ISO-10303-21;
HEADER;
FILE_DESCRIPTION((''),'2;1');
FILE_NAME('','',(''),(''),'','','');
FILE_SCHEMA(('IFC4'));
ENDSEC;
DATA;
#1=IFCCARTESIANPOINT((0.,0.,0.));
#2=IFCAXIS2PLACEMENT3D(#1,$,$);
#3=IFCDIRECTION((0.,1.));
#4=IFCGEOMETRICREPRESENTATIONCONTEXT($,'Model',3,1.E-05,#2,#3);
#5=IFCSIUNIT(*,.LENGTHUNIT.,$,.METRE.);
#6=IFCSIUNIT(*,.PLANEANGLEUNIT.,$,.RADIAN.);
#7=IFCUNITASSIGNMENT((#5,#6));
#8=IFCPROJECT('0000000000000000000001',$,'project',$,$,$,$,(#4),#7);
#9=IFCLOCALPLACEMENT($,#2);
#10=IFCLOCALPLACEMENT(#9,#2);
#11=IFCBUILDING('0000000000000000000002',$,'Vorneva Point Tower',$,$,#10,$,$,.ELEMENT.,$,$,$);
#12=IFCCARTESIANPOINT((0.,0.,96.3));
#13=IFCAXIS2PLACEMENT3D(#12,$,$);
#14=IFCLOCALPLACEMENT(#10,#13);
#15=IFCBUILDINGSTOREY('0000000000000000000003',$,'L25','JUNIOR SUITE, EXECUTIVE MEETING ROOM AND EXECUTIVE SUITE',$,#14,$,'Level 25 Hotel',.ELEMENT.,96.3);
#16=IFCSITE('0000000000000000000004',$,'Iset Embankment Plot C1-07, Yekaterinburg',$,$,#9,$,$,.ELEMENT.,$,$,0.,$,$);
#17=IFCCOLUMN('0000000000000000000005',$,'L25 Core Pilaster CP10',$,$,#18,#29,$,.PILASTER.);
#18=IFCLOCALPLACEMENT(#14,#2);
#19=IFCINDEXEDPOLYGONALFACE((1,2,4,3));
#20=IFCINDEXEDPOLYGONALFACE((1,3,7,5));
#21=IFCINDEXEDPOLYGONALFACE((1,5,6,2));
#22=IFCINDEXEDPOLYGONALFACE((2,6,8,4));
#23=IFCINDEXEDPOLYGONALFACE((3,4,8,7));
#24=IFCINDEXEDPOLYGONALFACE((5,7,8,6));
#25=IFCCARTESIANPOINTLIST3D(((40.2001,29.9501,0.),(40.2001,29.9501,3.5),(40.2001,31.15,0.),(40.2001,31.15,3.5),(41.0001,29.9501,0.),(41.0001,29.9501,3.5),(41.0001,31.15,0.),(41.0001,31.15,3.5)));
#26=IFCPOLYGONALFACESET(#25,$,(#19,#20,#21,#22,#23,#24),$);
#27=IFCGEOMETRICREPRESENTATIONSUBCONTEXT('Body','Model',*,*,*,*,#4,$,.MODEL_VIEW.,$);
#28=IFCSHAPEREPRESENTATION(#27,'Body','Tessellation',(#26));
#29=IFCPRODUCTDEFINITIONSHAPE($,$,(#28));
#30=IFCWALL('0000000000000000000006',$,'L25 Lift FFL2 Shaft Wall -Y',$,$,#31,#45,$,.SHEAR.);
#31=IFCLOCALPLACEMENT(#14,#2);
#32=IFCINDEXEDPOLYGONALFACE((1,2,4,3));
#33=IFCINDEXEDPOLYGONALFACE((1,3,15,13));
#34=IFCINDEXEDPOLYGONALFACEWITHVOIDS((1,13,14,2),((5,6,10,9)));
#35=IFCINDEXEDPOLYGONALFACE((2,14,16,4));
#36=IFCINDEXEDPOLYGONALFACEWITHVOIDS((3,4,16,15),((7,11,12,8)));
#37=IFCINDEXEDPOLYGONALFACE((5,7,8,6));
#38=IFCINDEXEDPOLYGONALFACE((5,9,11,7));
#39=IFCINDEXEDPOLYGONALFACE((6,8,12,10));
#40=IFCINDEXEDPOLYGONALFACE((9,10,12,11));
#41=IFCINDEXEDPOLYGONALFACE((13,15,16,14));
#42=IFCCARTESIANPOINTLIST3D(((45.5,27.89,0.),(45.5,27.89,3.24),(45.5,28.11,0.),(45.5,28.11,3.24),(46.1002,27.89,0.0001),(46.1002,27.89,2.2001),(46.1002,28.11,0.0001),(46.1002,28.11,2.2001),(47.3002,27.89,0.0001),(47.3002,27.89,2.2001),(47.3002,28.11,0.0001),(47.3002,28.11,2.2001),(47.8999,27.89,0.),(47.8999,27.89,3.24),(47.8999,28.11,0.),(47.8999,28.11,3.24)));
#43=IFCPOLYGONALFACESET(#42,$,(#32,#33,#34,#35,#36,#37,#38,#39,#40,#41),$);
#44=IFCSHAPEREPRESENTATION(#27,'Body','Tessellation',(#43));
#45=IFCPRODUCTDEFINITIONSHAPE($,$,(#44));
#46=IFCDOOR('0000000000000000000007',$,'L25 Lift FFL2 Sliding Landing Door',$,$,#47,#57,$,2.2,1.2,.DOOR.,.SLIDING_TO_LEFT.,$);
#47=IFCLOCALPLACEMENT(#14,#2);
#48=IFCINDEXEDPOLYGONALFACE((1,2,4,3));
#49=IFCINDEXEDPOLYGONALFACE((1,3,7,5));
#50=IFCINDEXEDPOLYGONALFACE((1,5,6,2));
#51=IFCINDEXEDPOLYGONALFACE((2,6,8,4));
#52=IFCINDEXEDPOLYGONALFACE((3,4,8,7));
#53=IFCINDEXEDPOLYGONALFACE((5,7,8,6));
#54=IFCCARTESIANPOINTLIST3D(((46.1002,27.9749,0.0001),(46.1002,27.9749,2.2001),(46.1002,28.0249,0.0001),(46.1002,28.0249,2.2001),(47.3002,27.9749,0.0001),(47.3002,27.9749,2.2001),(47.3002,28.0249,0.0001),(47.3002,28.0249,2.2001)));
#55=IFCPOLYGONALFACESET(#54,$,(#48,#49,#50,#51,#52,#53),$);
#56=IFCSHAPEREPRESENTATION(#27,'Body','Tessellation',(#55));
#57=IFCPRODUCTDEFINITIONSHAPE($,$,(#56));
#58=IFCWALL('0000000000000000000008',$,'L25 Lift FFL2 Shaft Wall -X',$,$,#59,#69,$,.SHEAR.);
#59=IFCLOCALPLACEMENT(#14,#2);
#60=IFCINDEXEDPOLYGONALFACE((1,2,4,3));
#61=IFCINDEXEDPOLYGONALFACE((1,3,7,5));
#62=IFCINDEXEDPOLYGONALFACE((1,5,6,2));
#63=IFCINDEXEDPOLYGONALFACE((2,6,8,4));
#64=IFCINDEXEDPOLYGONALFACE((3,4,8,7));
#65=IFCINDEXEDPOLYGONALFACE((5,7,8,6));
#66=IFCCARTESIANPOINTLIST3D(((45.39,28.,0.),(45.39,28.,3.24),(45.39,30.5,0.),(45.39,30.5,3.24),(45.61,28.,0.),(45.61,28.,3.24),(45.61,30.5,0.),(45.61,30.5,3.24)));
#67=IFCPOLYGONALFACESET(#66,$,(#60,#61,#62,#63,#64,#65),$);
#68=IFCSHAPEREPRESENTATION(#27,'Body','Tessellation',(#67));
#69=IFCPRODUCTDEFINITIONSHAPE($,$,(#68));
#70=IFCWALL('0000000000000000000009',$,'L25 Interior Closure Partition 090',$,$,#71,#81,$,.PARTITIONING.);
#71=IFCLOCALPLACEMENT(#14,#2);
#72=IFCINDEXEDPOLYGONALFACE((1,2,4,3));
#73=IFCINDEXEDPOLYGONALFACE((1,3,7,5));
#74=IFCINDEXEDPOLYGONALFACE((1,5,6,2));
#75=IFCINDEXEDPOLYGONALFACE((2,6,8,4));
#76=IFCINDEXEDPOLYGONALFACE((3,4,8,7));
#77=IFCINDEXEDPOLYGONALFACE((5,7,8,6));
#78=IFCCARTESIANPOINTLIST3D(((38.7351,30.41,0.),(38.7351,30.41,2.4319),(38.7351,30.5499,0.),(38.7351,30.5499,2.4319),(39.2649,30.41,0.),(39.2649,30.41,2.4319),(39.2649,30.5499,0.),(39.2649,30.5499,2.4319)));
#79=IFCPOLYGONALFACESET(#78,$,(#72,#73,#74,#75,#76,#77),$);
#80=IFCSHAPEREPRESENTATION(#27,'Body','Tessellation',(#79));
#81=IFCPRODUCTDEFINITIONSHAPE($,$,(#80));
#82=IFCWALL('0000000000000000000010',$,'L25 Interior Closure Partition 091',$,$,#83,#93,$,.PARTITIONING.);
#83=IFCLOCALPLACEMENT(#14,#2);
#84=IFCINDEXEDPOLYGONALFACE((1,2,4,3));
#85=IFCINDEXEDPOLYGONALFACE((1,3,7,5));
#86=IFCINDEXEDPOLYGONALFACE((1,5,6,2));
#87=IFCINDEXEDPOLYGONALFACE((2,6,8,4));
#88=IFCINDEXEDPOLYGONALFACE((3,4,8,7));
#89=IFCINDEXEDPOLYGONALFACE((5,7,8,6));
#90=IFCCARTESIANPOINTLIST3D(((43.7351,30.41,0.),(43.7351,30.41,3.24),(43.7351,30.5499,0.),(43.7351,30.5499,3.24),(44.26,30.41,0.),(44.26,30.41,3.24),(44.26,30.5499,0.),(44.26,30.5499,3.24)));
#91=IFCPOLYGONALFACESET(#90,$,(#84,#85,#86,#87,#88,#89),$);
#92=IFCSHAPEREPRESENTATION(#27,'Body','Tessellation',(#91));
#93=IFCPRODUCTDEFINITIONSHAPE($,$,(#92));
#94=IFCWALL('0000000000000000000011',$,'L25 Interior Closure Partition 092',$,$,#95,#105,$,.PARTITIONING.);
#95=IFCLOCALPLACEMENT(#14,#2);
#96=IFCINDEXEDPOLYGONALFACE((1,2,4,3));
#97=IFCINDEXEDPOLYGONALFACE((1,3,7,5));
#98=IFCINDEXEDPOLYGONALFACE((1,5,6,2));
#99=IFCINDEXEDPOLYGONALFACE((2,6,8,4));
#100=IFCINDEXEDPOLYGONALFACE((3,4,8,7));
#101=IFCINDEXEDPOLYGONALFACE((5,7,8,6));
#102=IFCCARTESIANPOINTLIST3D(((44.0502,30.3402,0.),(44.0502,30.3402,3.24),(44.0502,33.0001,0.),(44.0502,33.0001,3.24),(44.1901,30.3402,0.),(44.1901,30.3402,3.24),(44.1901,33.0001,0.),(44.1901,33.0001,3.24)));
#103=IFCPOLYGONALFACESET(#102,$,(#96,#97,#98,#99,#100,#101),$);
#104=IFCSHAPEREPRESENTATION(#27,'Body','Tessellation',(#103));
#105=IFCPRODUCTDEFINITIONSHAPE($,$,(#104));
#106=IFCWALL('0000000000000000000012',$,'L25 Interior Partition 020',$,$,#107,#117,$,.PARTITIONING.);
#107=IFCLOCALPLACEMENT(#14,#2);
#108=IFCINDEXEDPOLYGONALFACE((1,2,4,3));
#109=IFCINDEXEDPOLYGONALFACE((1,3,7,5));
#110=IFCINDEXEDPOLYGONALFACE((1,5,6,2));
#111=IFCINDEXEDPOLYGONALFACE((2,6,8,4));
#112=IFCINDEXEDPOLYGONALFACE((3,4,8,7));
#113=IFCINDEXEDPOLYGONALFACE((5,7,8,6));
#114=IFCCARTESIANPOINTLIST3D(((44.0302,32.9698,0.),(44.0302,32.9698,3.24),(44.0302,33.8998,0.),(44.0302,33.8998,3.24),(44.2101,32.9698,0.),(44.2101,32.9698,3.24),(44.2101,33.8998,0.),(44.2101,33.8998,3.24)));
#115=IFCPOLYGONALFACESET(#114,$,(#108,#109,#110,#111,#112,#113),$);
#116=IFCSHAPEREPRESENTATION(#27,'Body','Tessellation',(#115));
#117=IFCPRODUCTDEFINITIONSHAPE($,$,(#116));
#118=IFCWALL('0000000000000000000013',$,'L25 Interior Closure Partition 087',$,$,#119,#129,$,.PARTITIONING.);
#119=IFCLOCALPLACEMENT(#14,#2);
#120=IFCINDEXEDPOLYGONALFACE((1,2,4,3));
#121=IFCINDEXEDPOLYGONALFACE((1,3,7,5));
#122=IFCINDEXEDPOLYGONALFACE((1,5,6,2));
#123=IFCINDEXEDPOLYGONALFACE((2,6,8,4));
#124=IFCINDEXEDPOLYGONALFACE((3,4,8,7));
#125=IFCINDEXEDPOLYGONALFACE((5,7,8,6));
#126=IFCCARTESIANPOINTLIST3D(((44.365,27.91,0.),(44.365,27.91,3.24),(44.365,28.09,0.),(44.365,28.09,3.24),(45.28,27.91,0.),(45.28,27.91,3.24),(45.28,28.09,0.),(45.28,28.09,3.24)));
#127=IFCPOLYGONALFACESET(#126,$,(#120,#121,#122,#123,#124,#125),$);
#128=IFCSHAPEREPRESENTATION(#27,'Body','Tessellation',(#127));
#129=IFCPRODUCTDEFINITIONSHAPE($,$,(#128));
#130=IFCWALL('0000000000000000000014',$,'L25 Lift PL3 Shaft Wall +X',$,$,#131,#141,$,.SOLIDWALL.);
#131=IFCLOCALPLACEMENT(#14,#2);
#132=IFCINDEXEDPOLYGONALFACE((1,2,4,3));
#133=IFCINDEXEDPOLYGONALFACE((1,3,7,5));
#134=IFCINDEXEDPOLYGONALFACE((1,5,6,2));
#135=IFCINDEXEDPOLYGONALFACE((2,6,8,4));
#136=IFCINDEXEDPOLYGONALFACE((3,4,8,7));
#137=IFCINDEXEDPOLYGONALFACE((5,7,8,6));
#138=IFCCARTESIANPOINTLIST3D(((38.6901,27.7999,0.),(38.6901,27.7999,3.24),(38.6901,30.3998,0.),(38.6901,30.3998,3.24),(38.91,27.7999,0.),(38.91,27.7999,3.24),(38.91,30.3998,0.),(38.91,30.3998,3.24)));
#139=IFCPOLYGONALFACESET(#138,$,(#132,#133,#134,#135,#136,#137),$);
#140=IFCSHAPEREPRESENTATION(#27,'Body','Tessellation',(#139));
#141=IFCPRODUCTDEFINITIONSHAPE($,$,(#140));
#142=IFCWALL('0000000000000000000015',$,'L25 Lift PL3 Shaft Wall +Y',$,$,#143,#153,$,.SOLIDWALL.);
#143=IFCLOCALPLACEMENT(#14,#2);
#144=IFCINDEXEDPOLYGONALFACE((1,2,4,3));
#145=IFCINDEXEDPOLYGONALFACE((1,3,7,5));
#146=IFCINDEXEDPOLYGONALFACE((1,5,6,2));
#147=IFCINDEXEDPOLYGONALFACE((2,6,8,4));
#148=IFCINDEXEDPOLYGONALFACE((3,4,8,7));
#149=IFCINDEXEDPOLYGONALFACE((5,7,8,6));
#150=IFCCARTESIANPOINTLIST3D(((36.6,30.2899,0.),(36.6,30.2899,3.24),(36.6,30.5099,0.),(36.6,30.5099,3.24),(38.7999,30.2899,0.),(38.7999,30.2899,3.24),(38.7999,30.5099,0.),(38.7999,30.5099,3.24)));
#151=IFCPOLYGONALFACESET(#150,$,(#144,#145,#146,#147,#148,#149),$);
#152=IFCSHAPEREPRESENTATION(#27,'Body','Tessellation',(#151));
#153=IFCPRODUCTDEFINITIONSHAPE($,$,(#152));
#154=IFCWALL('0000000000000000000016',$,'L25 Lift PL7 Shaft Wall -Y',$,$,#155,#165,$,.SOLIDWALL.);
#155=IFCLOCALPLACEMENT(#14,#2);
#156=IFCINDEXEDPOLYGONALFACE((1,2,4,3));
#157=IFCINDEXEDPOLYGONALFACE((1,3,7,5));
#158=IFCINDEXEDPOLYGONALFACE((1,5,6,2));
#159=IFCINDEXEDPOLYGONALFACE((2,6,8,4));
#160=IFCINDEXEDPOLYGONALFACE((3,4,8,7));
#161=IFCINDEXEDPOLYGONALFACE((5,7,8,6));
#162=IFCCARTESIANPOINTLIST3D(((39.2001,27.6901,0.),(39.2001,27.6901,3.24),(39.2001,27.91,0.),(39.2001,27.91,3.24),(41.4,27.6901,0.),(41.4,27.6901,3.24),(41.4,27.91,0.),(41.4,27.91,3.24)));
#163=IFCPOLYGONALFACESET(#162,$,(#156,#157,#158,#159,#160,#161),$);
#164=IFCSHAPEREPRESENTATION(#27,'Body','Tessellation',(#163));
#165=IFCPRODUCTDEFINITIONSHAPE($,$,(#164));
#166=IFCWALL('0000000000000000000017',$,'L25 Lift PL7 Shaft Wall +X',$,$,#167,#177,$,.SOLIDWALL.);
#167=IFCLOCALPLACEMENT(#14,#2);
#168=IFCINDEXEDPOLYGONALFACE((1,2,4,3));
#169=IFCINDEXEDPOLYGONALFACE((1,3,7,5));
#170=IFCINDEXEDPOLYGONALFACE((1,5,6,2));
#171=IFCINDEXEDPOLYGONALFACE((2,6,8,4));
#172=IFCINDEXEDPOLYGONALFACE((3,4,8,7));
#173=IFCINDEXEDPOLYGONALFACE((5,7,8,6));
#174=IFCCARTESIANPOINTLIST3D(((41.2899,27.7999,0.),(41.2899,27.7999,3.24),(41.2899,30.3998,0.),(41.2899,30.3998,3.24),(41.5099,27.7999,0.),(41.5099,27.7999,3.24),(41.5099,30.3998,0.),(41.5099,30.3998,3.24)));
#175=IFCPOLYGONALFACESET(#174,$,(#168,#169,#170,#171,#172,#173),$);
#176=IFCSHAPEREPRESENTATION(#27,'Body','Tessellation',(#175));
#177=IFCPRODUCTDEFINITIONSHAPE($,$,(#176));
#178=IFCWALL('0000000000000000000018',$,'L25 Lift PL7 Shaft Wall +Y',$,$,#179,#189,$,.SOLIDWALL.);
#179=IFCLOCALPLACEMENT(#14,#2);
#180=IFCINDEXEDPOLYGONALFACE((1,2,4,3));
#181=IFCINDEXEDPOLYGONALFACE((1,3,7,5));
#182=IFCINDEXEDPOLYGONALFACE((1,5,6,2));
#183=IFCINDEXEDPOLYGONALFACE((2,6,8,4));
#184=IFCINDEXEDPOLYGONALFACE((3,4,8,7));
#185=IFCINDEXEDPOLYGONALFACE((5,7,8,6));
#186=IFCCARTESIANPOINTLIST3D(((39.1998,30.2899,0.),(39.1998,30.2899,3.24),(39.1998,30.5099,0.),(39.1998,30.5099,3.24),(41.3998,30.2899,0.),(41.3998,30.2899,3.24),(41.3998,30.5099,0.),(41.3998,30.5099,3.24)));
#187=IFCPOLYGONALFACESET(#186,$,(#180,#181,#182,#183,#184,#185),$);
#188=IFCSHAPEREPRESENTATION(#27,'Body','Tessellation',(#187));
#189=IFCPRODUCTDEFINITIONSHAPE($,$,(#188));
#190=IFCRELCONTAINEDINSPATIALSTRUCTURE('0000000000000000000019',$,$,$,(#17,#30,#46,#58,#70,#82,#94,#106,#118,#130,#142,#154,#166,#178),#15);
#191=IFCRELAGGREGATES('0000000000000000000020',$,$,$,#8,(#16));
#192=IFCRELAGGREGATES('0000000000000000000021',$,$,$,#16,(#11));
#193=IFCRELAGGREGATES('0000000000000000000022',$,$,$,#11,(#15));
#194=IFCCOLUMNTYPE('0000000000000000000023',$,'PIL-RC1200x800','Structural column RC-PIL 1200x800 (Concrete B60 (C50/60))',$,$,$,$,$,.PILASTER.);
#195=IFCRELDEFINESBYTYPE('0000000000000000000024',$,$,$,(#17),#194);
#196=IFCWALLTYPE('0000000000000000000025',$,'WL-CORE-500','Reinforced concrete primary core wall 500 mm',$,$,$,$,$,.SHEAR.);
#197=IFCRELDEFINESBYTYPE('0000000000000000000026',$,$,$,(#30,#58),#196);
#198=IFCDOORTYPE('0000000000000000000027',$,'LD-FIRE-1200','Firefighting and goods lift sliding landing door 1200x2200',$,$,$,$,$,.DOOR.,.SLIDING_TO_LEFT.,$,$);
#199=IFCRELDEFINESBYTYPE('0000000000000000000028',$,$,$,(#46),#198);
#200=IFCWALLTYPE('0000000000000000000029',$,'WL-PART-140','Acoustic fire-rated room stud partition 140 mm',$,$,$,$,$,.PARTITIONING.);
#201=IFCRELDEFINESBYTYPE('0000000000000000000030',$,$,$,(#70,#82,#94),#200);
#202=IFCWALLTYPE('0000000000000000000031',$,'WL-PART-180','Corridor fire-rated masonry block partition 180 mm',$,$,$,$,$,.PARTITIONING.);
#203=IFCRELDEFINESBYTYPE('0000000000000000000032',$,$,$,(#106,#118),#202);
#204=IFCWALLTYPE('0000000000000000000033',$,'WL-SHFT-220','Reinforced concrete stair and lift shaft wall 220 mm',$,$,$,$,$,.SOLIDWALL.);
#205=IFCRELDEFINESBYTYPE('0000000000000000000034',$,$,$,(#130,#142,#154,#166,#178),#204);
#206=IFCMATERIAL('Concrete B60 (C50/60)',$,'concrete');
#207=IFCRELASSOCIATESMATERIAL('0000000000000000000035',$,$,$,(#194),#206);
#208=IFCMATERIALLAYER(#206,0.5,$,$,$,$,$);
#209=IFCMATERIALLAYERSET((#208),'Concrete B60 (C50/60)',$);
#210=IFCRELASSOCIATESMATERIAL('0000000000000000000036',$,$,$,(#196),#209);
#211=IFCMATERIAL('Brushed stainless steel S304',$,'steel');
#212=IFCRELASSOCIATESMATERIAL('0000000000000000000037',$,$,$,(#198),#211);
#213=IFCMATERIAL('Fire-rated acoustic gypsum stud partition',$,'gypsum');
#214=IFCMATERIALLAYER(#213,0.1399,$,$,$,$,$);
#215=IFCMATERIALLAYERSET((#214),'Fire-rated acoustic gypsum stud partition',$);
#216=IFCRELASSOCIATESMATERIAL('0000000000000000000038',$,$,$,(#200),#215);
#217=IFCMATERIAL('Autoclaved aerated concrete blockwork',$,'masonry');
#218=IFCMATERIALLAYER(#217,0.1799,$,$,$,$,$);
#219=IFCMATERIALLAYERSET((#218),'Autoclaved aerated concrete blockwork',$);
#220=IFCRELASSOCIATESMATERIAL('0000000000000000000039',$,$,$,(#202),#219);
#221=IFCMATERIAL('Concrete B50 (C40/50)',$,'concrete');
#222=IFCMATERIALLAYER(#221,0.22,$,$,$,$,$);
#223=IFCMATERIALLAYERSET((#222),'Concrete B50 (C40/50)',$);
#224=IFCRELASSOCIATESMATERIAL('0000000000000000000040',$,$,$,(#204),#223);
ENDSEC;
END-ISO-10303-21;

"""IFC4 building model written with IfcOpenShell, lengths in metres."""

from ifc_helpers import new_model, si_unit, direction, frame, frame_2d, origin, origin_2d, place, context, subcontext, project, spatial, rectangle, extrude, material, layer, layer_set, material_profile, profile_set, type_object, element, fill, save


model = new_model("IFC4")

# Units and contexts
model_context = context("Model", 3, precision=1e-05, world=origin(), true_north=direction((0.0, 1.0)))
body_context = subcontext(model_context, "Body", "Model", "MODEL_VIEW")
ifc_project = project(units=[si_unit("LENGTHUNIT", "METRE"), si_unit("PLANEANGLEUNIT", "RADIAN")], contexts=[model_context])

# Site, building, storey
site_placement = place(None, origin())
site = spatial("IfcSite", under=ifc_project, at=site_placement, Name="Iset Embankment Plot C1-07, Yekaterinburg", CompositionType="ELEMENT", RefElevation=0.0)
building_placement = place(site_placement, origin())
building = spatial("IfcBuilding", under=site, at=building_placement, Name="Vorneva Point Tower", CompositionType="ELEMENT")
storey_placement = place(building_placement, frame((0.0, 0.0, 96.3)))
storey = spatial("IfcBuildingStorey", under=building, at=storey_placement, Name="L25", Description="JUNIOR SUITE, EXECUTIVE MEETING ROOM AND EXECUTIVE SUITE", LongName="Level 25 Hotel", CompositionType="ELEMENT", Elevation=96.3)

# Column
ifc_material_1 = material(Name="Concrete B60 (C50/60)", Category="concrete")
ifc_material_profile = material_profile(ifc_material_1, rectangle(XDim=0.8, YDim=1.2, at=origin_2d()), Name="RC-PIL 1200x800")
ifc_profile_set = profile_set([ifc_material_profile], Name="Concrete B60 (C50/60)")
column_type = type_object("IfcColumnType", Name="PIL-RC1200x800", Description="Structural column RC-PIL 1200x800 (Concrete B60 (C50/60))", PredefinedType="PILASTER", material=ifc_profile_set)
column_placement = place(storey_placement, frame((40.6001, 30.55, 0.0), z_axis=(0.0, 0.0, 1.0), x_axis=(1.0, 0.0, 0.0)))
element("IfcColumn", 1, at=column_placement, inside=storey, type_object=column_type, Name="L25 Core Pilaster CP10", PredefinedType="PILASTER", context=body_context, shape_type="SweptSolid", body=[
    extrude(rectangle(XDim=0.8, YDim=1.2, at=origin_2d()), origin(), (0.0, 0.0, 1.0), 3.5),
])

# Wall, opening, door
ifc_layer_1 = layer(ifc_material_1, 0.5)
ifc_layer_set_1 = layer_set([ifc_layer_1], Name="Concrete B60 (C50/60)")
wall_type_1 = type_object("IfcWallType", Name="WL-CORE-500", Description="Reinforced concrete primary core wall 500 mm", PredefinedType="SHEAR", material=ifc_layer_set_1)
wall_1_placement = place(storey_placement, frame((45.5, 28.0, 0.0), z_axis=(0.0, 0.0, 1.0), x_axis=(1.0, 0.0, 0.0)))
wall_1 = element("IfcWall", 2, at=wall_1_placement, inside=storey, type_object=wall_type_1, Name="L25 Lift FFL2 Shaft Wall -Y", PredefinedType="SHEAR", context=body_context, shape_type="SweptSolid", body=[
    extrude(rectangle(XDim=2.3999, YDim=0.22, at=frame_2d((1.2, 0.0))), origin(), (0.0, 0.0, 1.0), 3.24),
])
opening_1_placement = place(wall_1_placement, frame((0.6001, 0.0, 0.0)))
opening_1 = element("IfcOpeningElement", 3, at=opening_1_placement, cuts=wall_1, PredefinedType="OPENING", context=body_context, shape_type="SweptSolid", body=[
    extrude(rectangle(XDim=1.2, YDim=2.2, at=frame_2d((0.6001, 1.1001))), frame((0.0, 0.125, 0.0), z_axis=(0.0, -1.0, 0.0), x_axis=(1.0, 0.0, 0.0)), (0.0, 0.0, 1.0), 0.2498),
])
ifc_material_2 = material(Name="Brushed stainless steel S304", Category="steel")
door_type_1 = type_object("IfcDoorType", Name="LD-FIRE-1200", Description="Firefighting and goods lift sliding landing door 1200x2200", OperationType="SLIDING_TO_LEFT", PredefinedType="DOOR", material=ifc_material_2)
door_1_placement = place(opening_1_placement, origin())
door_1 = element("IfcDoor", 4, at=door_1_placement, inside=storey, type_object=door_type_1, Name="L25 Lift FFL2 Sliding Landing Door", OperationType="SLIDING_TO_LEFT", OverallHeight=2.2, OverallWidth=1.2, PredefinedType="DOOR", context=body_context, shape_type="SweptSolid", body=[
    extrude(rectangle(XDim=1.2, YDim=2.2, at=frame_2d((0.6001, 1.1001))), frame((0.0, 0.0249, 0.0), z_axis=(0.0, -1.0, 0.0), x_axis=(1.0, 0.0, 0.0)), (0.0, 0.0, 1.0), 0.05),
])
fill(opening_1, door_1)

# Walls
wall_2_placement = place(storey_placement, frame((45.5, 30.5, 0.0), z_axis=(0.0, 0.0, 1.0), x_axis=(0.0, -1.0, 0.0)))
element("IfcWall", 5, at=wall_2_placement, inside=storey, type_object=wall_type_1, Name="L25 Lift FFL2 Shaft Wall -X", PredefinedType="SHEAR", context=body_context, shape_type="SweptSolid", body=[
    extrude(rectangle(XDim=2.5, YDim=0.22, at=frame_2d((1.25, 0.0))), origin(), (0.0, 0.0, 1.0), 3.24),
])
ifc_material_3 = material(Name="Fire-rated acoustic gypsum stud partition", Category="gypsum")
ifc_layer_2 = layer(ifc_material_3, 0.1399)
ifc_layer_set_2 = layer_set([ifc_layer_2], Name="Fire-rated acoustic gypsum stud partition")
wall_type_2 = type_object("IfcWallType", Name="WL-PART-140", Description="Acoustic fire-rated room stud partition 140 mm", PredefinedType="PARTITIONING", material=ifc_layer_set_2)
wall_3_placement = place(storey_placement, frame((38.7351, 30.48, 0.0), z_axis=(0.0, 0.0, 1.0), x_axis=(1.0, 0.0, 0.0)))
element("IfcWall", 6, at=wall_3_placement, inside=storey, type_object=wall_type_2, Name="L25 Interior Closure Partition 090", PredefinedType="PARTITIONING", context=body_context, shape_type="SweptSolid", body=[
    extrude(rectangle(XDim=0.5298, YDim=0.1399, at=frame_2d((0.2649, 0.0))), origin(), (0.0, 0.0, 1.0), 2.4319),
])
wall_4_placement = place(storey_placement, frame((43.7351, 30.48, 0.0), z_axis=(0.0, 0.0, 1.0), x_axis=(1.0, 0.0, 0.0)))
element("IfcWall", 7, at=wall_4_placement, inside=storey, type_object=wall_type_2, Name="L25 Interior Closure Partition 091", PredefinedType="PARTITIONING", context=body_context, shape_type="SweptSolid", body=[
    extrude(rectangle(XDim=0.5249, YDim=0.1399, at=frame_2d((0.2625, 0.0))), origin(), (0.0, 0.0, 1.0), 3.24),
])
wall_5_placement = place(storey_placement, frame((44.1201, 30.3401, 0.0), z_axis=(0.0, 0.0, 1.0), x_axis=(0.0, 1.0, 0.0)))
element("IfcWall", 8, at=wall_5_placement, inside=storey, type_object=wall_type_2, Name="L25 Interior Closure Partition 092", PredefinedType="PARTITIONING", context=body_context, shape_type="SweptSolid", body=[
    extrude(rectangle(XDim=2.6599, YDim=0.1399, at=frame_2d((1.3301, 0.0))), origin(), (0.0, 0.0, 1.0), 3.24),
])

# Shared definitions
ifc_material_4 = material(Name="Autoclaved aerated concrete blockwork", Category="masonry")
ifc_layer_3 = layer(ifc_material_4, 0.1799)
ifc_layer_set_3 = layer_set([ifc_layer_3], Name="Autoclaved aerated concrete blockwork")
wall_type_3 = type_object("IfcWallType", Name="WL-PART-180", Description="Corridor fire-rated masonry block partition 180 mm", PredefinedType="PARTITIONING", material=ifc_layer_set_3)

# Walls
wall_6_placement = place(storey_placement, frame((44.1201, 32.97, 0.0), z_axis=(0.0, 0.0, 1.0), x_axis=(0.0, 1.0, 0.0)))
element("IfcWall", 9, at=wall_6_placement, inside=storey, type_object=wall_type_3, Name="L25 Interior Partition 020", PredefinedType="PARTITIONING", context=body_context, shape_type="SweptSolid", body=[
    extrude(rectangle(XDim=0.9299, YDim=0.1799, at=frame_2d((0.4648, 0.0))), origin(), (0.0, 0.0, 1.0), 3.24),
])
wall_7_placement = place(storey_placement, frame((45.28, 28.0, 0.0), z_axis=(0.0, 0.0, 1.0), x_axis=(-1.0, 0.0, 0.0)))
element("IfcWall", 10, at=wall_7_placement, inside=storey, type_object=wall_type_3, Name="L25 Interior Closure Partition 087", PredefinedType="PARTITIONING", context=body_context, shape_type="SweptSolid", body=[
    extrude(rectangle(XDim=0.915, YDim=0.1799, at=frame_2d((0.4575, 0.0))), origin(), (0.0, 0.0, 1.0), 3.24),
])
ifc_material_5 = material(Name="Concrete B50 (C40/50)", Category="concrete")
ifc_layer_4 = layer(ifc_material_5, 0.22)
ifc_layer_set_4 = layer_set([ifc_layer_4], Name="Concrete B50 (C40/50)")
wall_type_4 = type_object("IfcWallType", Name="WL-SHFT-220", Description="Reinforced concrete stair and lift shaft wall 220 mm", PredefinedType="SOLIDWALL", material=ifc_layer_set_4)
wall_8_placement = place(storey_placement, frame((38.8, 27.8, 0.0), z_axis=(0.0, 0.0, 1.0), x_axis=(0.0, 1.0, 0.0)))
element("IfcWall", 11, at=wall_8_placement, inside=storey, type_object=wall_type_4, Name="L25 Lift PL3 Shaft Wall +X", PredefinedType="SOLIDWALL", context=body_context, shape_type="SweptSolid", body=[
    extrude(rectangle(XDim=2.5999, YDim=0.22, at=frame_2d((1.2998, 0.0))), origin(), (0.0, 0.0, 1.0), 3.24),
])
for number, where, z_axis, x_axis, name in (
    (12, (38.8, 30.3999, 0.0), (0.0, 0.0, 1.0), (-1.0, 0.0, 0.0), "L25 Lift PL3 Shaft Wall +Y"),
    (13, (39.2, 27.8, 0.0), (0.0, 0.0, 1.0), (1.0, 0.0, 0.0), "L25 Lift PL7 Shaft Wall -Y"),
):
    element("IfcWall", number, at=place(storey_placement, frame(where, z_axis=z_axis, x_axis=x_axis)), inside=storey, type_object=wall_type_4, Name=name, PredefinedType="SOLIDWALL", context=body_context, shape_type="SweptSolid", body=[
        extrude(rectangle(XDim=2.2, YDim=0.22, at=frame_2d((1.1001, 0.0))), origin(), (0.0, 0.0, 1.0), 3.24),
    ])
wall_9_placement = place(storey_placement, frame((41.3999, 27.8, 0.0), z_axis=(0.0, 0.0, 1.0), x_axis=(0.0, 1.0, 0.0)))
element("IfcWall", 14, at=wall_9_placement, inside=storey, type_object=wall_type_4, Name="L25 Lift PL7 Shaft Wall +X", PredefinedType="SOLIDWALL", context=body_context, shape_type="SweptSolid", body=[
    extrude(rectangle(XDim=2.5999, YDim=0.22, at=frame_2d((1.2998, 0.0))), origin(), (0.0, 0.0, 1.0), 3.24),
])
wall_10_placement = place(storey_placement, frame((41.3999, 30.3999, 0.0), z_axis=(0.0, 0.0, 1.0), x_axis=(-1.0, 0.0, 0.0)))
element("IfcWall", 15, at=wall_10_placement, inside=storey, type_object=wall_type_4, Name="L25 Lift PL7 Shaft Wall +Y", PredefinedType="SOLIDWALL", context=body_context, shape_type="SweptSolid", body=[
    extrude(rectangle(XDim=2.2, YDim=0.22, at=frame_2d((1.1001, 0.0))), origin(), (0.0, 0.0, 1.0), 3.24),
])

save(model, "model.ifc")
